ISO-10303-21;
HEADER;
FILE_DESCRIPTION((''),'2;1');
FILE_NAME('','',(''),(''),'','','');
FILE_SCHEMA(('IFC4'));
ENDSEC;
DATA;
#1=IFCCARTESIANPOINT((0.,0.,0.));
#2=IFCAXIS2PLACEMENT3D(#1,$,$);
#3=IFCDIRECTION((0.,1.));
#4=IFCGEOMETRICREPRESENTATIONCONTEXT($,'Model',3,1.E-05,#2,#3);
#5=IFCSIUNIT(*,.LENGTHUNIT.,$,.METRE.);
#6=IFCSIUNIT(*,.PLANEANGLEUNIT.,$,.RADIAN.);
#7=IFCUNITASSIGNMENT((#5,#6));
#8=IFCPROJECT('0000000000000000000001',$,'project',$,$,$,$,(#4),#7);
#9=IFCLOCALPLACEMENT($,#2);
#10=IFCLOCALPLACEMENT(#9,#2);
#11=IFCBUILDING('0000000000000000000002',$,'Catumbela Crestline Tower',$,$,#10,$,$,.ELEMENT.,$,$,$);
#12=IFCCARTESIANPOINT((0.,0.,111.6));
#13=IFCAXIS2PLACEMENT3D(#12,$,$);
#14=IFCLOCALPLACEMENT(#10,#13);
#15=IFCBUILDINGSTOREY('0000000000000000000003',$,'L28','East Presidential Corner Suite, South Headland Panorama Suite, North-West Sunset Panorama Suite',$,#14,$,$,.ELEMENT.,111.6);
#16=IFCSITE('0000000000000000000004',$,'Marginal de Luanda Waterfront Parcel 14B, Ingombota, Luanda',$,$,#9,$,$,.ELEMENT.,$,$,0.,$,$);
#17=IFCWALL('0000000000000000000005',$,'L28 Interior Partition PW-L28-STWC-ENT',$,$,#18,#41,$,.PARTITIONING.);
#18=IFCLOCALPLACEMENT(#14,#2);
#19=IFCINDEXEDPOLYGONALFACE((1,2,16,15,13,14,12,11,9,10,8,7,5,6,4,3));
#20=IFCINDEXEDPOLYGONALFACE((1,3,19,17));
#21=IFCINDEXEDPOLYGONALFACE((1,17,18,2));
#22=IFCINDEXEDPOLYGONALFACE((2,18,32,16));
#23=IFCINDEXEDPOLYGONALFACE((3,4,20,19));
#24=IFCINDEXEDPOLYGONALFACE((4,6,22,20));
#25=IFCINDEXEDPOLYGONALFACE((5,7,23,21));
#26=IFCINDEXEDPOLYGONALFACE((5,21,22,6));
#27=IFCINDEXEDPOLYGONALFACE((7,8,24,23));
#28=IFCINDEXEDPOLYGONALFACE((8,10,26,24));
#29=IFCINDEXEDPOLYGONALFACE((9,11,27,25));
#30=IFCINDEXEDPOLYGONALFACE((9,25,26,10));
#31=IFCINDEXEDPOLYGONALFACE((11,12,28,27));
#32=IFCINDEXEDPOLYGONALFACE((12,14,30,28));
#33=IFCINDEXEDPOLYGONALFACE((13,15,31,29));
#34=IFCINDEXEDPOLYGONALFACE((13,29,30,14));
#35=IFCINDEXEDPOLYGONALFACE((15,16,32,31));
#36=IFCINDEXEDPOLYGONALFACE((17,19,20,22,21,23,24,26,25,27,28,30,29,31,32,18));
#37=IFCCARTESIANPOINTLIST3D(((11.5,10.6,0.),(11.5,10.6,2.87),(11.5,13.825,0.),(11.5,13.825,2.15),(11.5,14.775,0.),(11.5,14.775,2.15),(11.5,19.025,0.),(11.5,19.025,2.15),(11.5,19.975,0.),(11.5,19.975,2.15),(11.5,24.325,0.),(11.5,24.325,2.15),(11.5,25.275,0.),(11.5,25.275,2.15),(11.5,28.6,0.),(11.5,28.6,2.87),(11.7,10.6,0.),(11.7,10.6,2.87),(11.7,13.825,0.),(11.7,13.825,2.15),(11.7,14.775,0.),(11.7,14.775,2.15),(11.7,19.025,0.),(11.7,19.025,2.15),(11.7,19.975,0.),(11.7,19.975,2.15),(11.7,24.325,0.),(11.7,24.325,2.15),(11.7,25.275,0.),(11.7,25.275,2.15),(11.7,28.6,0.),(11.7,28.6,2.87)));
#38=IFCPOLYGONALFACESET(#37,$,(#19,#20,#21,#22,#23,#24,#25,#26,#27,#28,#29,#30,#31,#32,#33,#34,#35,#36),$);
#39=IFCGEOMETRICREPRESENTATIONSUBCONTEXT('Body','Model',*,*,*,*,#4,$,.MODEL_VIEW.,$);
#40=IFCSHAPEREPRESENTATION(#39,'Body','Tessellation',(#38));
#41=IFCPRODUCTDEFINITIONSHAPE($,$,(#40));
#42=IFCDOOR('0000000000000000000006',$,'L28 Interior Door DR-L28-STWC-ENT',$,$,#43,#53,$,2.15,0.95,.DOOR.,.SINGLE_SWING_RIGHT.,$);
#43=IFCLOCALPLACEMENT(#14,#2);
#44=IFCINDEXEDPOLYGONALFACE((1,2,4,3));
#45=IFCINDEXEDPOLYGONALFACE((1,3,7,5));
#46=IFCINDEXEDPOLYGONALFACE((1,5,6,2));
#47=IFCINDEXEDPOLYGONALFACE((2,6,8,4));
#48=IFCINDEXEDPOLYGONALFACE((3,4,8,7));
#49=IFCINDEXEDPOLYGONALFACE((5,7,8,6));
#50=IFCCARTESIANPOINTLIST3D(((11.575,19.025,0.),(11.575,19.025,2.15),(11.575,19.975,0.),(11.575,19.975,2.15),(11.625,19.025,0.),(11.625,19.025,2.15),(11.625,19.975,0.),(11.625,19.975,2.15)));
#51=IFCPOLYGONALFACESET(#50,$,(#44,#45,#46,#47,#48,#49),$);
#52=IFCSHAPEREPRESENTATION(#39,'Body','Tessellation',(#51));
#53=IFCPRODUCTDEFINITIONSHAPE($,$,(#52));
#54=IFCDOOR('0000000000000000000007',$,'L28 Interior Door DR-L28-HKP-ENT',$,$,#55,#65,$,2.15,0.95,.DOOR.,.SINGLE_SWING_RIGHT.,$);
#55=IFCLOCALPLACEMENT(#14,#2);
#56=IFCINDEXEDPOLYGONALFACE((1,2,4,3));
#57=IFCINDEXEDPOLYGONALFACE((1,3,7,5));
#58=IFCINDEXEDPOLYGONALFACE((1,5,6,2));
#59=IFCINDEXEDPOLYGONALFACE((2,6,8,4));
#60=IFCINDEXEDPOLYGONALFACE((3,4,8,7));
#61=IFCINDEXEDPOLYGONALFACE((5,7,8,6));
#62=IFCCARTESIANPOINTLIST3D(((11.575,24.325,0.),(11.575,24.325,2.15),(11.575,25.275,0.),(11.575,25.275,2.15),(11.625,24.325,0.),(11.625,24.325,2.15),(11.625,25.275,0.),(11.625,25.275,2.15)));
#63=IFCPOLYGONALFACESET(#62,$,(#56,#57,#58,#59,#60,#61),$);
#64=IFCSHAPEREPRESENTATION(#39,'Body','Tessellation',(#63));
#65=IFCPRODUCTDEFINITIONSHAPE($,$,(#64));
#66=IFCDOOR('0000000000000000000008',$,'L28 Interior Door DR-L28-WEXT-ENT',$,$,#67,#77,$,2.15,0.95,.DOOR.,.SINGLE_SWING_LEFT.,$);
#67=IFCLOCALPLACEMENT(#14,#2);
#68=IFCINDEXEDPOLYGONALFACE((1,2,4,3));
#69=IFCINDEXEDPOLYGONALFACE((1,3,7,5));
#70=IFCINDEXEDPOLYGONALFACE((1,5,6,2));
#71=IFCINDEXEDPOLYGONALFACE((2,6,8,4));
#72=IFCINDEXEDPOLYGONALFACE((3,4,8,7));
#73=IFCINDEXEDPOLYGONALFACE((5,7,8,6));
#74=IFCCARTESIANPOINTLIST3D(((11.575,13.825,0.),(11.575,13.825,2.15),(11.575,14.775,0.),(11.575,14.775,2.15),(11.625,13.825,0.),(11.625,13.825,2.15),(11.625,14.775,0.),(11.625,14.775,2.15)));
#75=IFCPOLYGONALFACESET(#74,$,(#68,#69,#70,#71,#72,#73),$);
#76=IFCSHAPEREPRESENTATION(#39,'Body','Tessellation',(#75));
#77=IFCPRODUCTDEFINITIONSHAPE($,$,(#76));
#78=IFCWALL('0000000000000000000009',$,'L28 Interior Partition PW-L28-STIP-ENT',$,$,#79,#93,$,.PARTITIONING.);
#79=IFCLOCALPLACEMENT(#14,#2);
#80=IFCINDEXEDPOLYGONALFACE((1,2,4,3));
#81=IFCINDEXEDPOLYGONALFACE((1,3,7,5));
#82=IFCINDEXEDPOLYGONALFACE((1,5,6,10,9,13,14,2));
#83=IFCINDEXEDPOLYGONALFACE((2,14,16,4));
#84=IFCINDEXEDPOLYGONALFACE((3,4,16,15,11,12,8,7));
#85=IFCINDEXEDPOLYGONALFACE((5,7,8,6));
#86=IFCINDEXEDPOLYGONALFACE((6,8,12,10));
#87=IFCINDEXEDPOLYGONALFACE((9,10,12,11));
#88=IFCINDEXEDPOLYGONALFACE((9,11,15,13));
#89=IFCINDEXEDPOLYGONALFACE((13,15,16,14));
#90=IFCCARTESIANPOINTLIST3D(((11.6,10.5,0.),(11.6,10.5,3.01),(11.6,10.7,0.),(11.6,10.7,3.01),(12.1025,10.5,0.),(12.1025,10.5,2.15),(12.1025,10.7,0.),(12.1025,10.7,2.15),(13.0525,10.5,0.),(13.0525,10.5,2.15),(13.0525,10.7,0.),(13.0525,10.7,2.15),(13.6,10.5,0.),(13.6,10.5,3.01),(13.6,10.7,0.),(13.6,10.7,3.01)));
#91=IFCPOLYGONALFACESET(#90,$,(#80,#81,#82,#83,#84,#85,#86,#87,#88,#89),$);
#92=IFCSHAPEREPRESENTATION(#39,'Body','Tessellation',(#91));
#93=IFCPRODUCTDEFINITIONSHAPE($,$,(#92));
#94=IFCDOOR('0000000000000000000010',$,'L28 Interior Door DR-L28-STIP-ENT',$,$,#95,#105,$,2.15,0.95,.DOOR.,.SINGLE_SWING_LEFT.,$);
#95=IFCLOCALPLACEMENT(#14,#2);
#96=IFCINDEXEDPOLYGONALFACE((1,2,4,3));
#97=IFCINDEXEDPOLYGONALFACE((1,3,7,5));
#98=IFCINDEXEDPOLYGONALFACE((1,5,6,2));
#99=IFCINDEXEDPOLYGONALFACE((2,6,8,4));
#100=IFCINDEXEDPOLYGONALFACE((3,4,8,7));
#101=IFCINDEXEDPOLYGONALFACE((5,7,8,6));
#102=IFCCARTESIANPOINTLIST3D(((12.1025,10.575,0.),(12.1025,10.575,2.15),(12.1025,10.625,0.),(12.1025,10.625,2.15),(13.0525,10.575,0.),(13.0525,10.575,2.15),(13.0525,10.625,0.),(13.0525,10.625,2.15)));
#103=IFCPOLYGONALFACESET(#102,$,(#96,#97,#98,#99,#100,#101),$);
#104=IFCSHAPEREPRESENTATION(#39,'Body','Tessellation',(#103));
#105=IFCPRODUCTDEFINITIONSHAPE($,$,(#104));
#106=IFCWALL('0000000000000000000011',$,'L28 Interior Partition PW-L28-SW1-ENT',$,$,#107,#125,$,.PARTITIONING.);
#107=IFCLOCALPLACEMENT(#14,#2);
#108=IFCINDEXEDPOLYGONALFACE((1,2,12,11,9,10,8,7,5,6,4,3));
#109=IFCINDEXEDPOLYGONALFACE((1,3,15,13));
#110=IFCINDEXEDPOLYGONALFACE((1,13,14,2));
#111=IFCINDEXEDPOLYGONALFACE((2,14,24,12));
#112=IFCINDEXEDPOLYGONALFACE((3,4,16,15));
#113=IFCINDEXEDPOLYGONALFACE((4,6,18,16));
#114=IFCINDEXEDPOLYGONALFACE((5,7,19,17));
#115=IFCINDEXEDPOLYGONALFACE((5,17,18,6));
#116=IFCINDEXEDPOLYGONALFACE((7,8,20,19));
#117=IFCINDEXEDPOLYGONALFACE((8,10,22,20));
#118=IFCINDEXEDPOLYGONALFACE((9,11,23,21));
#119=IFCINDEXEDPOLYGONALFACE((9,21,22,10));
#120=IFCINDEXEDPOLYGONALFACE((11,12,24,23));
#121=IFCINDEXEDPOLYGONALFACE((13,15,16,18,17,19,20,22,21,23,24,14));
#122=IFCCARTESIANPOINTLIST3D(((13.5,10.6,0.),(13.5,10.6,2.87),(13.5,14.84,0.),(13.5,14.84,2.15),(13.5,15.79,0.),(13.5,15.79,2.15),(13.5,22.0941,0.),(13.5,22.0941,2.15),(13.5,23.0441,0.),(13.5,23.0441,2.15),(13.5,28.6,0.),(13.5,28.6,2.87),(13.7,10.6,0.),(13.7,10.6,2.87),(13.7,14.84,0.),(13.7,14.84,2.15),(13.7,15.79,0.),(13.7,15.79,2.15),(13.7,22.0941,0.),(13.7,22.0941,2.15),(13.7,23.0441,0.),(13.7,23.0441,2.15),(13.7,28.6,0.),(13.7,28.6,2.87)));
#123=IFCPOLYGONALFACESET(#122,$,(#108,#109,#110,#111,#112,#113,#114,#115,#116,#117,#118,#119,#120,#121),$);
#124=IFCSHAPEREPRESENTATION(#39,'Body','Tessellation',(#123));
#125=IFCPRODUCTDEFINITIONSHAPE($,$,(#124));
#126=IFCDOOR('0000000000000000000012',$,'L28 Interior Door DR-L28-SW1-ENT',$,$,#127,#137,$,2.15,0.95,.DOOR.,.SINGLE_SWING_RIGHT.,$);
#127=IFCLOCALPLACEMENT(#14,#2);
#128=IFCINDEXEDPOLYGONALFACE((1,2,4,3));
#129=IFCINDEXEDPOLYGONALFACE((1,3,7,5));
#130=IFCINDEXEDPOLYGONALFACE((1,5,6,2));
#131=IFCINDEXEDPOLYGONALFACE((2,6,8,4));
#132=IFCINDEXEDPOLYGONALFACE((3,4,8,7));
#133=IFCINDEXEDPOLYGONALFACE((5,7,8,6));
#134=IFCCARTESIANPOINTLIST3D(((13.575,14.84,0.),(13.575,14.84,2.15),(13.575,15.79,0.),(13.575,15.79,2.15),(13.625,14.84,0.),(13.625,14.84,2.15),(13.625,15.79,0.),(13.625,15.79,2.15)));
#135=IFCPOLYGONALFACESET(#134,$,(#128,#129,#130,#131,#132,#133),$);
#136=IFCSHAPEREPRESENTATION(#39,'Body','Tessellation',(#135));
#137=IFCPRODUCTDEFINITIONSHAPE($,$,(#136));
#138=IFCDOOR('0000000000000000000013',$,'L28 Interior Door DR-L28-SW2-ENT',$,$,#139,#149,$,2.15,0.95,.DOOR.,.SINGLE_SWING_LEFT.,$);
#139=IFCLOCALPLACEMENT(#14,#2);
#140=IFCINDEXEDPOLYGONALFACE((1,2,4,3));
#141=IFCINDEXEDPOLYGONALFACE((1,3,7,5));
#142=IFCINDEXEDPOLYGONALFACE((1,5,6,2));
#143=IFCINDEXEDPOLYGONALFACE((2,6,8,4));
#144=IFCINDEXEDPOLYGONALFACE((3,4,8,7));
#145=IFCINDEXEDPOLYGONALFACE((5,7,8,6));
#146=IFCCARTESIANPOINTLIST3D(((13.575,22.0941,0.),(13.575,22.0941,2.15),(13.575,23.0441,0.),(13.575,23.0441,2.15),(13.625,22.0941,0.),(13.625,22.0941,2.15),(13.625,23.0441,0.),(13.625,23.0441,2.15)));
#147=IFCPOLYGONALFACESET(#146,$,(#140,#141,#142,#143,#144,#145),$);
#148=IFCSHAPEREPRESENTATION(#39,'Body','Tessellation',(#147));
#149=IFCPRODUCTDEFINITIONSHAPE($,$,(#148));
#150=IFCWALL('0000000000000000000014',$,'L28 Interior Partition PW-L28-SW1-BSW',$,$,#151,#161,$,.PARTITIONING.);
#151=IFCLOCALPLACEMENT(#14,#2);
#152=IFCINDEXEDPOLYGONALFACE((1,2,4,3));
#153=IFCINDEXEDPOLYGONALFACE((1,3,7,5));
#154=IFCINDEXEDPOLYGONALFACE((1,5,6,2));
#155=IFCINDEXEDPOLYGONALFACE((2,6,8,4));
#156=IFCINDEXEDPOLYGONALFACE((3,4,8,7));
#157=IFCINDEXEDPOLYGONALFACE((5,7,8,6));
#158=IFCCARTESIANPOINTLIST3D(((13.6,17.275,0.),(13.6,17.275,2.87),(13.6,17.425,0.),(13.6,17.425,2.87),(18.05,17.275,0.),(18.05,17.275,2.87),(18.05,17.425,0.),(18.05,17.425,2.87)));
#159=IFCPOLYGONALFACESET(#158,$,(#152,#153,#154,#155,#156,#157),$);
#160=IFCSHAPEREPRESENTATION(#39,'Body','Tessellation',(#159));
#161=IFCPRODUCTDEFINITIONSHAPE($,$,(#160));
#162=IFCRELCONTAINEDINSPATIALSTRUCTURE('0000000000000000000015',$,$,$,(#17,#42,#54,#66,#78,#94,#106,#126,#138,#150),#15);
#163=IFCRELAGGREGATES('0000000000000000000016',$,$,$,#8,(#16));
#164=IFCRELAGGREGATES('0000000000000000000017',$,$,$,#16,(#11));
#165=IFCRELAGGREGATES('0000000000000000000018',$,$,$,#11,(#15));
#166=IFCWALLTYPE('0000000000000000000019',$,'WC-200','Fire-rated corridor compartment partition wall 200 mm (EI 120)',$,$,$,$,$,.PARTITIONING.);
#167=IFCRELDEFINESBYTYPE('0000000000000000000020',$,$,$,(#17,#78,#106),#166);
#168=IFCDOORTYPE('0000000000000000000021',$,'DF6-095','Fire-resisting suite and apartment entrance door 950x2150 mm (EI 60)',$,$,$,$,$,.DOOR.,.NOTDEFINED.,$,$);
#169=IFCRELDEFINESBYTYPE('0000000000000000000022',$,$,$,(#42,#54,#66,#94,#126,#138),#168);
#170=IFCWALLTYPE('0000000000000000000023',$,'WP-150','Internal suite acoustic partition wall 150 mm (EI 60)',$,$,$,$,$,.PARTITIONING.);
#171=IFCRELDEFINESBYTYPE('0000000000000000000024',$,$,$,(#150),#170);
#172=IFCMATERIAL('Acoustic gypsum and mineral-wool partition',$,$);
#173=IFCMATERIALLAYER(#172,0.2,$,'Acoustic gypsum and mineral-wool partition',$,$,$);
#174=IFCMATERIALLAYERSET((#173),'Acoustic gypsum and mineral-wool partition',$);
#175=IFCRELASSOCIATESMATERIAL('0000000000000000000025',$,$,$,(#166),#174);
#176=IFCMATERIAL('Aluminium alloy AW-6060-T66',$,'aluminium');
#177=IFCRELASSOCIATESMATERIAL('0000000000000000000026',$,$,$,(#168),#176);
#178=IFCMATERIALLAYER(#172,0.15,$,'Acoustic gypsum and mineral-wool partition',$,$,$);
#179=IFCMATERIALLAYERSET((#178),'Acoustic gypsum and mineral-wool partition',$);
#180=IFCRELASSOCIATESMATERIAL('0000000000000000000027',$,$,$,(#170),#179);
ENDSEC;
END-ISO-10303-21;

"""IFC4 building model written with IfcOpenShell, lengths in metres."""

from ifc_helpers import new_model, si_unit, direction, frame, frame_2d, origin, place, context, subcontext, project, spatial, rectangle, extrude, material, layer, layer_set, type_object, element, fill, save


model = new_model("IFC4")

# Units and contexts
model_context = context("Model", 3, precision=1e-05, world=origin(), true_north=direction((0.0, 1.0)))
body_context = subcontext(model_context, "Body", "Model", "MODEL_VIEW")
ifc_project = project(units=[si_unit("LENGTHUNIT", "METRE"), si_unit("PLANEANGLEUNIT", "RADIAN")], contexts=[model_context])

# Site, building, storey
site_placement = place(None, origin())
site = spatial("IfcSite", under=ifc_project, at=site_placement, Name="Marginal de Luanda Waterfront Parcel 14B, Ingombota, Luanda", CompositionType="ELEMENT", RefElevation=0.0)
building_placement = place(site_placement, origin())
building = spatial("IfcBuilding", under=site, at=building_placement, Name="Catumbela Crestline Tower", CompositionType="ELEMENT")
storey_placement = place(building_placement, frame((0.0, 0.0, 111.6)))
storey = spatial("IfcBuildingStorey", under=building, at=storey_placement, Name="L28", Description="East Presidential Corner Suite, South Headland Panorama Suite, North-West Sunset Panorama Suite", CompositionType="ELEMENT", Elevation=111.6)

# Wall, openings, doors
ifc_material_1 = material(Name="Acoustic gypsum and mineral-wool partition")
ifc_layer_1 = layer(ifc_material_1, 0.2, Name="Acoustic gypsum and mineral-wool partition")
ifc_layer_set_1 = layer_set([ifc_layer_1], Name="Acoustic gypsum and mineral-wool partition")
wall_type_1 = type_object("IfcWallType", Name="WC-200", Description="Fire-rated corridor compartment partition wall 200 mm (EI 120)", PredefinedType="PARTITIONING", material=ifc_layer_set_1)
wall_1_placement = place(storey_placement, frame((11.6, 10.6, 0.0), z_axis=(0.0, 0.0, 1.0), x_axis=(0.0, 1.0, 0.0)))
wall_1 = element("IfcWall", 1, at=wall_1_placement, inside=storey, type_object=wall_type_1, Name="L28 Interior Partition PW-L28-STWC-ENT", PredefinedType="PARTITIONING", context=body_context, shape_type="SweptSolid", body=[
    extrude(rectangle(XDim=18.0, YDim=0.2, at=frame_2d((9.0, 0.0))), origin(), (0.0, 0.0, 1.0), 2.87),
])
opening_1_placement = place(wall_1_placement, frame((8.425, 0.0, 0.0)))
opening_1 = element("IfcOpeningElement", 2, at=opening_1_placement, cuts=wall_1, PredefinedType="OPENING", context=body_context, shape_type="SweptSolid", body=[
    extrude(rectangle(XDim=0.95, YDim=2.15, at=frame_2d((0.475, 1.075))), frame((0.0, 0.11, 0.0), z_axis=(0.0, -1.0, 0.0), x_axis=(1.0, 0.0, 0.0)), (0.0, 0.0, 1.0), 0.22),
])
opening_2_placement = place(wall_1_placement, frame((13.725, 0.0, 0.0)))
opening_2 = element("IfcOpeningElement", 3, at=opening_2_placement, cuts=wall_1, PredefinedType="OPENING", context=body_context, shape_type="SweptSolid", body=[
    extrude(rectangle(XDim=0.95, YDim=2.15, at=frame_2d((0.475, 1.075))), frame((0.0, 0.11, 0.0), z_axis=(0.0, -1.0, 0.0), x_axis=(1.0, 0.0, 0.0)), (0.0, 0.0, 1.0), 0.22),
])
opening_3_placement = place(wall_1_placement, frame((3.225, 0.0, 0.0)))
opening_3 = element("IfcOpeningElement", 4, at=opening_3_placement, cuts=wall_1, PredefinedType="OPENING", context=body_context, shape_type="SweptSolid", body=[
    extrude(rectangle(XDim=0.95, YDim=2.15, at=frame_2d((0.475, 1.075))), frame((0.0, 0.11, 0.0), z_axis=(0.0, -1.0, 0.0), x_axis=(1.0, 0.0, 0.0)), (0.0, 0.0, 1.0), 0.22),
])
ifc_material_2 = material(Name="Aluminium alloy AW-6060-T66", Category="aluminium")
door_type_1 = type_object("IfcDoorType", Name="DF6-095", Description="Fire-resisting suite and apartment entrance door 950x2150 mm (EI 60)", OperationType="NOTDEFINED", PredefinedType="DOOR", material=ifc_material_2)
door_1_placement = place(opening_1_placement, origin())
door_1 = element("IfcDoor", 5, at=door_1_placement, inside=storey, type_object=door_type_1, Name="L28 Interior Door DR-L28-STWC-ENT", OperationType="SINGLE_SWING_RIGHT", OverallHeight=2.15, OverallWidth=0.95, PredefinedType="DOOR", context=body_context, shape_type="SweptSolid", body=[
    extrude(rectangle(XDim=0.95, YDim=2.15, at=frame_2d((0.475, 1.075))), frame((0.0, 0.025, 0.0), z_axis=(0.0, -1.0, 0.0), x_axis=(1.0, 0.0, 0.0)), (0.0, 0.0, 1.0), 0.05),
])
fill(opening_1, door_1)
door_2_placement = place(opening_2_placement, origin())
door_2 = element("IfcDoor", 6, at=door_2_placement, inside=storey, type_object=door_type_1, Name="L28 Interior Door DR-L28-HKP-ENT", OperationType="SINGLE_SWING_RIGHT", OverallHeight=2.15, OverallWidth=0.95, PredefinedType="DOOR", context=body_context, shape_type="SweptSolid", body=[
    extrude(rectangle(XDim=0.95, YDim=2.15, at=frame_2d((0.475, 1.075))), frame((0.0, 0.025, 0.0), z_axis=(0.0, -1.0, 0.0), x_axis=(1.0, 0.0, 0.0)), (0.0, 0.0, 1.0), 0.05),
])
fill(opening_2, door_2)
door_3_placement = place(opening_3_placement, origin())
door_3 = element("IfcDoor", 7, at=door_3_placement, inside=storey, type_object=door_type_1, Name="L28 Interior Door DR-L28-WEXT-ENT", OperationType="SINGLE_SWING_LEFT", OverallHeight=2.15, OverallWidth=0.95, PredefinedType="DOOR", context=body_context, shape_type="SweptSolid", body=[
    extrude(rectangle(XDim=0.95, YDim=2.15, at=frame_2d((0.475, 1.075))), frame((0.0, 0.025, 0.0), z_axis=(0.0, -1.0, 0.0), x_axis=(1.0, 0.0, 0.0)), (0.0, 0.0, 1.0), 0.05),
])
fill(opening_3, door_3)

# Wall, opening, door
wall_2_placement = place(storey_placement, frame((11.6, 10.6, 0.0), z_axis=(0.0, 0.0, 1.0), x_axis=(1.0, 0.0, 0.0)))
wall_2 = element("IfcWall", 8, at=wall_2_placement, inside=storey, type_object=wall_type_1, Name="L28 Interior Partition PW-L28-STIP-ENT", PredefinedType="PARTITIONING", context=body_context, shape_type="SweptSolid", body=[
    extrude(rectangle(XDim=2.0, YDim=0.2, at=frame_2d((1.0, 0.0))), origin(), (0.0, 0.0, 1.0), 3.01),
])
opening_4_placement = place(wall_2_placement, frame((0.5025, 0.0, 0.0)))
opening_4 = element("IfcOpeningElement", 9, at=opening_4_placement, cuts=wall_2, PredefinedType="OPENING", context=body_context, shape_type="SweptSolid", body=[
    extrude(rectangle(XDim=0.95, YDim=2.15, at=frame_2d((0.475, 1.075))), frame((0.0, 0.11, 0.0), z_axis=(0.0, -1.0, 0.0), x_axis=(1.0, 0.0, 0.0)), (0.0, 0.0, 1.0), 0.22),
])
door_4_placement = place(opening_4_placement, origin())
door_4 = element("IfcDoor", 10, at=door_4_placement, inside=storey, type_object=door_type_1, Name="L28 Interior Door DR-L28-STIP-ENT", OperationType="SINGLE_SWING_LEFT", OverallHeight=2.15, OverallWidth=0.95, PredefinedType="DOOR", context=body_context, shape_type="SweptSolid", body=[
    extrude(rectangle(XDim=0.95, YDim=2.15, at=frame_2d((0.475, 1.075))), frame((0.0, 0.025, 0.0), z_axis=(0.0, -1.0, 0.0), x_axis=(1.0, 0.0, 0.0)), (0.0, 0.0, 1.0), 0.05),
])
fill(opening_4, door_4)

# Wall, openings, doors
wall_3_placement = place(storey_placement, frame((13.6, 10.6, 0.0), z_axis=(0.0, 0.0, 1.0), x_axis=(0.0, 1.0, 0.0)))
wall_3 = element("IfcWall", 11, at=wall_3_placement, inside=storey, type_object=wall_type_1, Name="L28 Interior Partition PW-L28-SW1-ENT", PredefinedType="PARTITIONING", context=body_context, shape_type="SweptSolid", body=[
    extrude(rectangle(XDim=18.0, YDim=0.2, at=frame_2d((9.0, 0.0))), origin(), (0.0, 0.0, 1.0), 2.87),
])
opening_5_placement = place(wall_3_placement, frame((4.24, 0.0, 0.0)))
opening_5 = element("IfcOpeningElement", 12, at=opening_5_placement, cuts=wall_3, PredefinedType="OPENING", context=body_context, shape_type="SweptSolid", body=[
    extrude(rectangle(XDim=0.95, YDim=2.15, at=frame_2d((0.475, 1.075))), frame((0.0, 0.11, 0.0), z_axis=(0.0, -1.0, 0.0), x_axis=(1.0, 0.0, 0.0)), (0.0, 0.0, 1.0), 0.22),
])
opening_6_placement = place(wall_3_placement, frame((11.4941, 0.0, 0.0)))
opening_6 = element("IfcOpeningElement", 13, at=opening_6_placement, cuts=wall_3, PredefinedType="OPENING", context=body_context, shape_type="SweptSolid", body=[
    extrude(rectangle(XDim=0.95, YDim=2.15, at=frame_2d((0.475, 1.075))), frame((0.0, 0.11, 0.0), z_axis=(0.0, -1.0, 0.0), x_axis=(1.0, 0.0, 0.0)), (0.0, 0.0, 1.0), 0.22),
])
door_5_placement = place(opening_5_placement, origin())
door_5 = element("IfcDoor", 14, at=door_5_placement, inside=storey, type_object=door_type_1, Name="L28 Interior Door DR-L28-SW1-ENT", OperationType="SINGLE_SWING_RIGHT", OverallHeight=2.15, OverallWidth=0.95, PredefinedType="DOOR", context=body_context, shape_type="SweptSolid", body=[
    extrude(rectangle(XDim=0.95, YDim=2.15, at=frame_2d((0.475, 1.075))), frame((0.0, 0.025, 0.0), z_axis=(0.0, -1.0, 0.0), x_axis=(1.0, 0.0, 0.0)), (0.0, 0.0, 1.0), 0.05),
])
fill(opening_5, door_5)
door_6_placement = place(opening_6_placement, origin())
door_6 = element("IfcDoor", 15, at=door_6_placement, inside=storey, type_object=door_type_1, Name="L28 Interior Door DR-L28-SW2-ENT", OperationType="SINGLE_SWING_LEFT", OverallHeight=2.15, OverallWidth=0.95, PredefinedType="DOOR", context=body_context, shape_type="SweptSolid", body=[
    extrude(rectangle(XDim=0.95, YDim=2.15, at=frame_2d((0.475, 1.075))), frame((0.0, 0.025, 0.0), z_axis=(0.0, -1.0, 0.0), x_axis=(1.0, 0.0, 0.0)), (0.0, 0.0, 1.0), 0.05),
])
fill(opening_6, door_6)

# Wall
ifc_layer_2 = layer(ifc_material_1, 0.15, Name="Acoustic gypsum and mineral-wool partition")
ifc_layer_set_2 = layer_set([ifc_layer_2], Name="Acoustic gypsum and mineral-wool partition")
wall_type_2 = type_object("IfcWallType", Name="WP-150", Description="Internal suite acoustic partition wall 150 mm (EI 60)", PredefinedType="PARTITIONING", material=ifc_layer_set_2)
wall_4_placement = place(storey_placement, frame((13.6, 17.35, 0.0), z_axis=(0.0, 0.0, 1.0), x_axis=(1.0, 0.0, 0.0)))
element("IfcWall", 16, at=wall_4_placement, inside=storey, type_object=wall_type_2, Name="L28 Interior Partition PW-L28-SW1-BSW", PredefinedType="PARTITIONING", context=body_context, shape_type="SweptSolid", body=[
    extrude(rectangle(XDim=4.45, YDim=0.15, at=frame_2d((2.225, 0.0))), origin(), (0.0, 0.0, 1.0), 2.87),
])

save(model, "model.ifc")
